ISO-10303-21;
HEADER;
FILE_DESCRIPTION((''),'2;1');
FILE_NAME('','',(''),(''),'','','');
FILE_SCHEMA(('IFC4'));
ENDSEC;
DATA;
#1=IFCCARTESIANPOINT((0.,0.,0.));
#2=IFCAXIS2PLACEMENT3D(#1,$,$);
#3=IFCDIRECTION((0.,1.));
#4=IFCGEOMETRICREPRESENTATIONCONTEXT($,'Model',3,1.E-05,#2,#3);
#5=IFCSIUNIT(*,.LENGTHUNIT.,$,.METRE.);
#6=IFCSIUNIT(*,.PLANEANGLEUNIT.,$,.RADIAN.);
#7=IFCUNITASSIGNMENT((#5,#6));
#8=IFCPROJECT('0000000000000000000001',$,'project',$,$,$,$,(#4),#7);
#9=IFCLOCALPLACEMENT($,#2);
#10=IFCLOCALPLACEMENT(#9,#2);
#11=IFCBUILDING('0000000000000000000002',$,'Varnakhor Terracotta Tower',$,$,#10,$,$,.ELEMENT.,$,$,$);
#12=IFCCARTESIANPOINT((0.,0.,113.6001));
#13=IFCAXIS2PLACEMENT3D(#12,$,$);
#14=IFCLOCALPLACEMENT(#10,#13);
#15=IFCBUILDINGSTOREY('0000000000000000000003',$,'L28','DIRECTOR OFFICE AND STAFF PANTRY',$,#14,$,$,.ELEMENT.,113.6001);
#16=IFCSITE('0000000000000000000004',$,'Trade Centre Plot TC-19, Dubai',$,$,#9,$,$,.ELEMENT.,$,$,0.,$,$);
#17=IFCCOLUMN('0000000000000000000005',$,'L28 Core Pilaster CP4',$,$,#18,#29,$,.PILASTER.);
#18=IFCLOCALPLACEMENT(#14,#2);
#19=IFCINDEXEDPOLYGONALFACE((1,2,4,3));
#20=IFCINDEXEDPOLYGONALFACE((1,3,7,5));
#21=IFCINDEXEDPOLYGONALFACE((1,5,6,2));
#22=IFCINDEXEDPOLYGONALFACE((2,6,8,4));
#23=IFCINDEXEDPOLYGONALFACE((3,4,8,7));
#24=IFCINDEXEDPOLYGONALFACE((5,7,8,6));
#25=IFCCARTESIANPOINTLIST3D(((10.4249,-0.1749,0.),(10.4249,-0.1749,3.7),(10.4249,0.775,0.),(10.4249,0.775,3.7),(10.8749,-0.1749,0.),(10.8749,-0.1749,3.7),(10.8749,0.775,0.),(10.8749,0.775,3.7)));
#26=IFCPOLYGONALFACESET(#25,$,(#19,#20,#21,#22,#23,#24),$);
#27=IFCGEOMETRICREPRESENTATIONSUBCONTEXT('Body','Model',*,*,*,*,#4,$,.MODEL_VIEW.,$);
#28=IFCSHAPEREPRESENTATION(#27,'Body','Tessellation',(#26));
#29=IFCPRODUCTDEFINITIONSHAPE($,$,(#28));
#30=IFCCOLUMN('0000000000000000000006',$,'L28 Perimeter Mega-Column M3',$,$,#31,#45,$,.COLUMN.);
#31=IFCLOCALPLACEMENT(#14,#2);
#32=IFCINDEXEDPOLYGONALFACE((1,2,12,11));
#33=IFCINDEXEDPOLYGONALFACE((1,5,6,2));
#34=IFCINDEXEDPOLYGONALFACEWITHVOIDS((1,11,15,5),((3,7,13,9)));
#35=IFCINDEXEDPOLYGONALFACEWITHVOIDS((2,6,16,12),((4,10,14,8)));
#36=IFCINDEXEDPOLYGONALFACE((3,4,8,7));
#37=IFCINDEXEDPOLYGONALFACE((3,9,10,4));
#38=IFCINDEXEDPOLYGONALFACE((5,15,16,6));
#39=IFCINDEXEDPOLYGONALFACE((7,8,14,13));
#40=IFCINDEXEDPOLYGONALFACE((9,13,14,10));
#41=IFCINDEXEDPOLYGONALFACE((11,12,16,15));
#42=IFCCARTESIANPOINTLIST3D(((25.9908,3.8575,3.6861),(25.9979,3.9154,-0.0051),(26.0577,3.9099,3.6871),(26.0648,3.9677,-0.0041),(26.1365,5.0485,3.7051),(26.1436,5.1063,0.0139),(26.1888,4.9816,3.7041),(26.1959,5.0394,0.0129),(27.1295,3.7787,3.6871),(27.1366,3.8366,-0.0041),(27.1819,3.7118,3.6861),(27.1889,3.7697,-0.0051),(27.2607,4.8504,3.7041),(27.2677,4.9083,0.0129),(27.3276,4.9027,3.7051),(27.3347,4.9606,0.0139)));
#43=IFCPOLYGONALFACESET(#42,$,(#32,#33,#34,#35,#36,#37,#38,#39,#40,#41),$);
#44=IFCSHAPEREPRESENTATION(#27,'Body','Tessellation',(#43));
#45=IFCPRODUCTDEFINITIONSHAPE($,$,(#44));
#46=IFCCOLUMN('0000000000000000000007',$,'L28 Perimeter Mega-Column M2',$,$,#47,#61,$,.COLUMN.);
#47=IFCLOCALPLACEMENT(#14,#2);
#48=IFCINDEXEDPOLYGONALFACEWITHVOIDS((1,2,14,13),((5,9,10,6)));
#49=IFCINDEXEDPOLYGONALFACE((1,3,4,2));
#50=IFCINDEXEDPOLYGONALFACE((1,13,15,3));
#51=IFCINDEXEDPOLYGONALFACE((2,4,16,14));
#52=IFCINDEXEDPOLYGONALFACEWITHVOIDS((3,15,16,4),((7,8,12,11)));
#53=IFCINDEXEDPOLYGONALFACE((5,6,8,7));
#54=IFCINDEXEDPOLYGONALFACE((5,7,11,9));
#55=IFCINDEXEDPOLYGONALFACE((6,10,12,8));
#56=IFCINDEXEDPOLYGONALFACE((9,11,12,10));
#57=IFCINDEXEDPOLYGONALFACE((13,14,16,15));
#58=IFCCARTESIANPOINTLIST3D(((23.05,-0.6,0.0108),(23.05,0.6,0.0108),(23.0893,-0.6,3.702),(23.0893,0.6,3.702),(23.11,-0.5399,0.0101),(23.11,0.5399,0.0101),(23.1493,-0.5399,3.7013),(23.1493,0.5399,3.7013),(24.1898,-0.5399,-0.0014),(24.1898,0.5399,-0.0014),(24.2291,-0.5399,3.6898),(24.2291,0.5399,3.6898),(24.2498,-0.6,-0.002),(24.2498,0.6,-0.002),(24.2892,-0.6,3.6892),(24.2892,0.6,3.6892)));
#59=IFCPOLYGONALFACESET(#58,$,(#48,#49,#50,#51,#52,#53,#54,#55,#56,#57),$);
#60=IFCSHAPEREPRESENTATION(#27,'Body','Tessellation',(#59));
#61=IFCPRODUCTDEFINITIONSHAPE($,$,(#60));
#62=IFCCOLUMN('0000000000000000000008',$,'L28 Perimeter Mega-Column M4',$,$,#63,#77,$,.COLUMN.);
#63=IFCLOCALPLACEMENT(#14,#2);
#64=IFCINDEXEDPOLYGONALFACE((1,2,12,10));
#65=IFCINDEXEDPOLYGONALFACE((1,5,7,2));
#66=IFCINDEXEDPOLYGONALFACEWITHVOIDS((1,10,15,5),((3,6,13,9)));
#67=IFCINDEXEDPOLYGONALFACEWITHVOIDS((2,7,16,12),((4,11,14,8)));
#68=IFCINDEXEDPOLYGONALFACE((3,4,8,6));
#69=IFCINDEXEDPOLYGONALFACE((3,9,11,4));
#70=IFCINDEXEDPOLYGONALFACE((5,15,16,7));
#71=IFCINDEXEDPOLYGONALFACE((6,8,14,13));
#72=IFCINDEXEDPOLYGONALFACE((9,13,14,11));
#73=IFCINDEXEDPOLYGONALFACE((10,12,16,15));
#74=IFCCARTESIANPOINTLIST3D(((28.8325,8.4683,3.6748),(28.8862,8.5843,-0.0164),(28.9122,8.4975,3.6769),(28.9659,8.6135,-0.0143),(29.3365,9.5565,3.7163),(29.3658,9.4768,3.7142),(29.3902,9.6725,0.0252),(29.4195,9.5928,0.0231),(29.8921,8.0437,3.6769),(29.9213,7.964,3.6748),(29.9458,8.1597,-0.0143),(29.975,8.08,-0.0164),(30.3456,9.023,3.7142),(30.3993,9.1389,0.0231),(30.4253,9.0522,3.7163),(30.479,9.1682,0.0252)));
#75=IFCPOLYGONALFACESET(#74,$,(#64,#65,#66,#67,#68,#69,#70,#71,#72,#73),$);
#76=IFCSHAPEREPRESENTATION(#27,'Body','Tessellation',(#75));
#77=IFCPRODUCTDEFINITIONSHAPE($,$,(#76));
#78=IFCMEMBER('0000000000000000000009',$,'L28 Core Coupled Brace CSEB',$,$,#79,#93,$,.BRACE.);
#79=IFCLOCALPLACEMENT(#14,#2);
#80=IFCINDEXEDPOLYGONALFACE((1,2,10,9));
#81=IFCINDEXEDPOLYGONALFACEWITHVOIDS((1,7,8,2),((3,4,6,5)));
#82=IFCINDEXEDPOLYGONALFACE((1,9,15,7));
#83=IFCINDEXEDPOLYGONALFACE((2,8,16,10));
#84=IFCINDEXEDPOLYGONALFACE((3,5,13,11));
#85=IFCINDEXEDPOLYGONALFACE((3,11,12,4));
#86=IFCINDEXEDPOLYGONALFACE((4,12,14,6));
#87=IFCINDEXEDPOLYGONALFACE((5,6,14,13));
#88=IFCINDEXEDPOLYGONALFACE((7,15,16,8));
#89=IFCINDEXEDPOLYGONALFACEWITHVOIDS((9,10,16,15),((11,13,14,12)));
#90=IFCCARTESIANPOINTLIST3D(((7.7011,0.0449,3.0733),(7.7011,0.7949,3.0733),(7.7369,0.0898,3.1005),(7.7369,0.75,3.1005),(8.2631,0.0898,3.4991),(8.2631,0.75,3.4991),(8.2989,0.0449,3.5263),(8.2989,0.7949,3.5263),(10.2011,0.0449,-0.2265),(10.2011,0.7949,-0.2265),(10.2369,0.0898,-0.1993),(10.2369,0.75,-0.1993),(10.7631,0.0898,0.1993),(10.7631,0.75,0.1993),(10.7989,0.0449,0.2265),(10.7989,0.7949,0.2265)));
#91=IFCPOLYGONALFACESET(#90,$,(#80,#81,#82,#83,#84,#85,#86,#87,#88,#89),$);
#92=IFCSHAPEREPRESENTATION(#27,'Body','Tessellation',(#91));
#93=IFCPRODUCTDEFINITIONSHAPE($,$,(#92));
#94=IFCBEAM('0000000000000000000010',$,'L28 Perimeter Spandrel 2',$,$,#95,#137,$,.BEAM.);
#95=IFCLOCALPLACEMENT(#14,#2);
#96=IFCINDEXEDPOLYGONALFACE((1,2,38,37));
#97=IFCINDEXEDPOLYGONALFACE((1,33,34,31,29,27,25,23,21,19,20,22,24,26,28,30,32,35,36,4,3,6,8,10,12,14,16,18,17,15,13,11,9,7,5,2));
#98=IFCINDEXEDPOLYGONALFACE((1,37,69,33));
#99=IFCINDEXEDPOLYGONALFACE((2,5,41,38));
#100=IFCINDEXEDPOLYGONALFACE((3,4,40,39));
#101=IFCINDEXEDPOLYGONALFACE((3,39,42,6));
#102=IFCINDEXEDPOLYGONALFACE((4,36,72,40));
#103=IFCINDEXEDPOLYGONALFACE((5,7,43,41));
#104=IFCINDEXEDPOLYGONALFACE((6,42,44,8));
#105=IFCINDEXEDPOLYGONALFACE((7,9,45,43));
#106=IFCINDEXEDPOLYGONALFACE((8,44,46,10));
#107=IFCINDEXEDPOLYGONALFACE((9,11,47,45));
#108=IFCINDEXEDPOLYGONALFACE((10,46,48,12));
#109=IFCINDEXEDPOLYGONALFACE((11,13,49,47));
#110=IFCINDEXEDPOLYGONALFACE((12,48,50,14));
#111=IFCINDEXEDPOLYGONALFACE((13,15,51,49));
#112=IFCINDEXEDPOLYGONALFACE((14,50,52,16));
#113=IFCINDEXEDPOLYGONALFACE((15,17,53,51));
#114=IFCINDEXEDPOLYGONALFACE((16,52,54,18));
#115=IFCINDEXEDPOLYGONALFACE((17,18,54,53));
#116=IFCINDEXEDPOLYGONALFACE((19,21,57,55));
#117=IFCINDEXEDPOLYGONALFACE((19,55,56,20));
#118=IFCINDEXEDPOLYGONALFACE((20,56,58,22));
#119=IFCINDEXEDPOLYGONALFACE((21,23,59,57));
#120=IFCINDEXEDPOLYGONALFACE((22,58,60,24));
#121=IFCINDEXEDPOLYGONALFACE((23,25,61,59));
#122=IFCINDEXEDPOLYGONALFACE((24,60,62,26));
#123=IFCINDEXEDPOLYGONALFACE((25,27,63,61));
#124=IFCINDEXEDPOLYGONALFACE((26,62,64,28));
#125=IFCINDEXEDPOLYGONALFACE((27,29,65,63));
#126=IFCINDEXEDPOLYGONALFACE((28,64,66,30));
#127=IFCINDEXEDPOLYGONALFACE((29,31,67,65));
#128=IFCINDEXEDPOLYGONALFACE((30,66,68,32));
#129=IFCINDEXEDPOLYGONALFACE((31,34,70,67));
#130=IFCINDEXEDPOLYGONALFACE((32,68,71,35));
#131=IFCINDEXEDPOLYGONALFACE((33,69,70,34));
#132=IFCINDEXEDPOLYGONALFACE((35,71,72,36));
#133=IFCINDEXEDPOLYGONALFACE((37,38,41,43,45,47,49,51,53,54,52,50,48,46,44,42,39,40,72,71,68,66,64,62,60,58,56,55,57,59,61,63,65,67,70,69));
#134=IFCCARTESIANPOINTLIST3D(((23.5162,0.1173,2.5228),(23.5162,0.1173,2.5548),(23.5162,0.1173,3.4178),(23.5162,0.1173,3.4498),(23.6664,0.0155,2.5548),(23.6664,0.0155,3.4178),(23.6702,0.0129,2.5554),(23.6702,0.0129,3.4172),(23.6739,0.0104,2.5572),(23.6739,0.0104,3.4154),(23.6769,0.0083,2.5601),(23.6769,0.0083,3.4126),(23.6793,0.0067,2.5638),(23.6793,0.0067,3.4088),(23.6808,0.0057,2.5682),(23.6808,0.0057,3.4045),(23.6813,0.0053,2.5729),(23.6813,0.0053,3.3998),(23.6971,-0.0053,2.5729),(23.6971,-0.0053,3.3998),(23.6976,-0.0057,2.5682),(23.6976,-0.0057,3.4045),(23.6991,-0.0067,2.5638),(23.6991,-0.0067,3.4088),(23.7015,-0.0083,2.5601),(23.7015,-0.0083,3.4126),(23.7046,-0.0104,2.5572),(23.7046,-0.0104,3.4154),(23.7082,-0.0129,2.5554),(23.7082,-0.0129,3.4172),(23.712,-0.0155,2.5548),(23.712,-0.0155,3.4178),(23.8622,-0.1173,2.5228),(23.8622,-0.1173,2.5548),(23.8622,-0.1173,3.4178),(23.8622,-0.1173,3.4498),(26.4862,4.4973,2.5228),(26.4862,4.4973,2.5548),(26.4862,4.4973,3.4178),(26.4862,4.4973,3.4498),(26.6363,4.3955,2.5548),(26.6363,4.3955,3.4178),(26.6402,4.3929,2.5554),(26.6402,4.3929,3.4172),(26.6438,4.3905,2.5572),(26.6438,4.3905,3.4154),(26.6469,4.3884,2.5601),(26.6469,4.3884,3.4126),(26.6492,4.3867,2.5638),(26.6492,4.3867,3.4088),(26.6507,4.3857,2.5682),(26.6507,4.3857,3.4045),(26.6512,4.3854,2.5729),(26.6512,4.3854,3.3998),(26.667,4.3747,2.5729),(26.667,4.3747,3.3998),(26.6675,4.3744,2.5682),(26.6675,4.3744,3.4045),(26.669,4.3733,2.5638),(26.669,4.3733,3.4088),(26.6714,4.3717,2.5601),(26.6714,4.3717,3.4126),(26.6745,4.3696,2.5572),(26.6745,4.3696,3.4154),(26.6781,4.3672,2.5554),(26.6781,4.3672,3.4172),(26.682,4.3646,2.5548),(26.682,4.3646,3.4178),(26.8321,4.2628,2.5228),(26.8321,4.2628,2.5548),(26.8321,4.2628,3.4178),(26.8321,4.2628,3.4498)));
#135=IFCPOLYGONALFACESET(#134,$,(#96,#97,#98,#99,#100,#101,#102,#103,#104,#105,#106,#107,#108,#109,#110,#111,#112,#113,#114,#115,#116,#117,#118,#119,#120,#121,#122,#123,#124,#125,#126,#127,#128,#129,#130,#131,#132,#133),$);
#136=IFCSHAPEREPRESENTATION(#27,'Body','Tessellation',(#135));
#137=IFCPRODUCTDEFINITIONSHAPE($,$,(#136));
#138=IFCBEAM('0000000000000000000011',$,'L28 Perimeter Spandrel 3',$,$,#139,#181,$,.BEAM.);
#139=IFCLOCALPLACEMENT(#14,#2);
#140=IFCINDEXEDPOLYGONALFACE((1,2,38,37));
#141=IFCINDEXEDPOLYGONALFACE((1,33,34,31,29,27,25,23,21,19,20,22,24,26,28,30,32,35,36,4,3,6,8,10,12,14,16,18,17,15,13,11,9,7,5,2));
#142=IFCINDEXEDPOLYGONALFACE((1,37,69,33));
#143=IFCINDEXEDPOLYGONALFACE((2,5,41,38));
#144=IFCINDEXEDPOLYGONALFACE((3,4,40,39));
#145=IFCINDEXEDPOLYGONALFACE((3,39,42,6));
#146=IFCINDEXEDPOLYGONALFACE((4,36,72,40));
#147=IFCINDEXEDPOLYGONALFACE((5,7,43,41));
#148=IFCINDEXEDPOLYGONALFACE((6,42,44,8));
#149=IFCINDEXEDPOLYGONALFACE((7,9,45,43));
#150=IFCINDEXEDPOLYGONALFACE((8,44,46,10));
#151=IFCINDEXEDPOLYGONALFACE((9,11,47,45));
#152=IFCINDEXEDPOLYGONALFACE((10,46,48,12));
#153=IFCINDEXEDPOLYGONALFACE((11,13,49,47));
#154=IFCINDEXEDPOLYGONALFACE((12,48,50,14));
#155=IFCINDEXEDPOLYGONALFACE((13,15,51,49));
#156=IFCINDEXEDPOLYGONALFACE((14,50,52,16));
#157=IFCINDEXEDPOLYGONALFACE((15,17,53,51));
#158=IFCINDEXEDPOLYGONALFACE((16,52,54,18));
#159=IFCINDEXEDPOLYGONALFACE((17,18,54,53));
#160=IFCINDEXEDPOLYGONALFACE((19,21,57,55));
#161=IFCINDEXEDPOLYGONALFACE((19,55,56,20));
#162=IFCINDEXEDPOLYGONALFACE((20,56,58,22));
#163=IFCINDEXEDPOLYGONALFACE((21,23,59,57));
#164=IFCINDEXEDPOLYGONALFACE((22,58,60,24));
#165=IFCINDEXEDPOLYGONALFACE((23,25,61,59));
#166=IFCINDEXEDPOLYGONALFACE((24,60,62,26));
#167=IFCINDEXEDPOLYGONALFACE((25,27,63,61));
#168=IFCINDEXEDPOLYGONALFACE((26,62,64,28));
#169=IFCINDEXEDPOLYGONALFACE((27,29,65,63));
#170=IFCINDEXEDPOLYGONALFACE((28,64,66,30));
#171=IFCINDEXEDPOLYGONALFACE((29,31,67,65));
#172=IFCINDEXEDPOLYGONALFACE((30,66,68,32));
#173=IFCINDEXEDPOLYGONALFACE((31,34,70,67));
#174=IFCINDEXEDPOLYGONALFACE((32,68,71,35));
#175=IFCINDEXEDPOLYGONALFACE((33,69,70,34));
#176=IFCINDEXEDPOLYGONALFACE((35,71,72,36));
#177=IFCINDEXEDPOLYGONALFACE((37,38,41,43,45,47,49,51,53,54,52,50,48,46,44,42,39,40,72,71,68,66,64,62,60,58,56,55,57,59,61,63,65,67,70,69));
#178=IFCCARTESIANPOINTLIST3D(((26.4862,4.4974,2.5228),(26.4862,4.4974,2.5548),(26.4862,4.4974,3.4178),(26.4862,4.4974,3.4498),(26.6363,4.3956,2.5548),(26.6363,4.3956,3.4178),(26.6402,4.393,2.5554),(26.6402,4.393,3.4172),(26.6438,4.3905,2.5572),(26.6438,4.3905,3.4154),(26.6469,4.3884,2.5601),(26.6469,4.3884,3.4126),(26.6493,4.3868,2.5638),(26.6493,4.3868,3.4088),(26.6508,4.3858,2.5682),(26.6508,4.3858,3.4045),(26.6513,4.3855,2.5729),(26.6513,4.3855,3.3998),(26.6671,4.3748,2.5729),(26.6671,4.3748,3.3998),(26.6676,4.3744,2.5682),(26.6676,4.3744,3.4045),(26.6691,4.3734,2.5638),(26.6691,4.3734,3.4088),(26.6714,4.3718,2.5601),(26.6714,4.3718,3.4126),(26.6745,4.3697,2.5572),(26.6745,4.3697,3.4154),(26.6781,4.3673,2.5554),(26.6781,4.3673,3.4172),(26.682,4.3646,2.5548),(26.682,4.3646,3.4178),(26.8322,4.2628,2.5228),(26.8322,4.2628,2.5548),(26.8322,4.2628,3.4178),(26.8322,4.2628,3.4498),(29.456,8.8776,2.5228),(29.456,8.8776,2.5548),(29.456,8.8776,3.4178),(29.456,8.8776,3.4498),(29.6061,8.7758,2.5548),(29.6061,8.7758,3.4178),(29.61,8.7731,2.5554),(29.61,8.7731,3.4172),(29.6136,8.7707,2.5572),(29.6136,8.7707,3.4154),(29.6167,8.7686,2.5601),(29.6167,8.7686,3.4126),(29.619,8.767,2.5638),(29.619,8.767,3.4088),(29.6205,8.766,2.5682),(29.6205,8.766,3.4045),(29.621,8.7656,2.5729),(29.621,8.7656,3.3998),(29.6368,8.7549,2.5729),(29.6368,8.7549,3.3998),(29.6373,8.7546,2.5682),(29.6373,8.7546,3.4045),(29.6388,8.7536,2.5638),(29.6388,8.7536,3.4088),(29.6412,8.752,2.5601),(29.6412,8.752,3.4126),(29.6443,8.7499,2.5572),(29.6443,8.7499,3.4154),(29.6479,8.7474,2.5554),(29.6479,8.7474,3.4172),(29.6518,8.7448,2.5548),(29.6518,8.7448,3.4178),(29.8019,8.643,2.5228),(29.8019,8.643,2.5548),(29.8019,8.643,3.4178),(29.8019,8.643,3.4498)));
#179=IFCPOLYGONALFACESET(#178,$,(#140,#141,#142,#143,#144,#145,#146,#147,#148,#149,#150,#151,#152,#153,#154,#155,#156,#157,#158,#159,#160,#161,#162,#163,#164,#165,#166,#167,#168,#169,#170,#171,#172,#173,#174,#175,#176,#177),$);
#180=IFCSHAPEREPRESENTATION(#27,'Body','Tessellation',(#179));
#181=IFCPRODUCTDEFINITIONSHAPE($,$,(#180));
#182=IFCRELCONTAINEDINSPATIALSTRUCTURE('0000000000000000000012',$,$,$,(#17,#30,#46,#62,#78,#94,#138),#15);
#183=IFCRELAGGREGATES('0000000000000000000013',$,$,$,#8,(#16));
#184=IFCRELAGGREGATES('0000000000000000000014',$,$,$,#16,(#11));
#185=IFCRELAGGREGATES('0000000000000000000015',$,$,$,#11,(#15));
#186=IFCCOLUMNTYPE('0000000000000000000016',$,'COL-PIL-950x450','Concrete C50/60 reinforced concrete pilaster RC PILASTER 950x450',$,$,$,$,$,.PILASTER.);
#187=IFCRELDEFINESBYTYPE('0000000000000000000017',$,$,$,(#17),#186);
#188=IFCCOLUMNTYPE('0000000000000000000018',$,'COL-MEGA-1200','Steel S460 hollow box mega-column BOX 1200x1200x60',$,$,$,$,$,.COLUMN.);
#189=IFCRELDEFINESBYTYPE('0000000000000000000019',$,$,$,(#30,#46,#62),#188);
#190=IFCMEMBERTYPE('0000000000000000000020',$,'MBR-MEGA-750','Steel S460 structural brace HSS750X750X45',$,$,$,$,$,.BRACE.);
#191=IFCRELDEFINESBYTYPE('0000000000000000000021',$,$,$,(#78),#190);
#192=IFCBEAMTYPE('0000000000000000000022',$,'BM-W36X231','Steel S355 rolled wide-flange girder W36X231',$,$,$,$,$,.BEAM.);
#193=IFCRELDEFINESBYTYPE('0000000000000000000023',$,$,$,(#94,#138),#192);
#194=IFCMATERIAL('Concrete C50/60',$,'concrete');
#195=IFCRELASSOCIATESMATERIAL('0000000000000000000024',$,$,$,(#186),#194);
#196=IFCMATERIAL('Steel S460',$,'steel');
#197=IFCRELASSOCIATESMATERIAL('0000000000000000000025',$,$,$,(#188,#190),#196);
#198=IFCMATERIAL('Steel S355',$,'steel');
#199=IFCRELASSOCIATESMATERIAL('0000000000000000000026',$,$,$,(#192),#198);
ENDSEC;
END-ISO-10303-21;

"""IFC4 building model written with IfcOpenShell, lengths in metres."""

from ifc_helpers import new_model, si_unit, direction, frame, origin, origin_2d, place, context, subcontext, project, spatial, rectangle, hollow_rectangle, i_section, extrude, source, transform, mapped, material, material_profile, profile_set, type_object, type_shapes, element, save


model = new_model("IFC4")

# Units and contexts
model_context = context("Model", 3, precision=1e-05, world=origin(), true_north=direction((0.0, 1.0)))
body_context = subcontext(model_context, "Body", "Model", "MODEL_VIEW")
ifc_project = project(units=[si_unit("LENGTHUNIT", "METRE"), si_unit("PLANEANGLEUNIT", "RADIAN")], contexts=[model_context])

# Site, building, storey
site_placement = place(None, origin())
site = spatial("IfcSite", under=ifc_project, at=site_placement, Name="Trade Centre Plot TC-19, Dubai", CompositionType="ELEMENT", RefElevation=0.0)
building_placement = place(site_placement, origin())
building = spatial("IfcBuilding", under=site, at=building_placement, Name="Varnakhor Terracotta Tower", CompositionType="ELEMENT")
storey_placement = place(building_placement, frame((0.0, 0.0, 113.6001)))
storey = spatial("IfcBuildingStorey", under=building, at=storey_placement, Name="L28", Description="DIRECTOR OFFICE AND STAFF PANTRY", CompositionType="ELEMENT", Elevation=113.6001)

# Columns
ifc_material_1 = material(Name="Concrete C50/60", Category="concrete")
ifc_material_profile_1 = material_profile(ifc_material_1, rectangle(XDim=0.45, YDim=0.95, at=origin_2d()), Name="RC PILASTER 950x450")
ifc_profile_set_1 = profile_set([ifc_material_profile_1], Name="Concrete C50/60")
column_type_1 = type_object("IfcColumnType", Name="COL-PIL-950x450", Description="Concrete C50/60 reinforced concrete pilaster RC PILASTER 950x450", PredefinedType="PILASTER", material=ifc_profile_set_1)
shared_shape_1 = source(origin(), body_context, "Body", "SweptSolid", [
    extrude(rectangle(XDim=0.45, YDim=0.95, at=origin_2d()), origin(), (0.0, 0.0, 1.0), 3.7),
])
column_1_placement = place(storey_placement, frame((10.6499, 0.3, 0.0), z_axis=(0.0, 0.0, 1.0), x_axis=(1.0, 0.0, 0.0)))
element("IfcColumn", 1, at=column_1_placement, inside=storey, type_object=column_type_1, Name="L28 Core Pilaster CP4", PredefinedType="PILASTER", context=body_context, shape_type="MappedRepresentation", body=[
    mapped(shared_shape_1, transform((0.0, 0.0, 0.0), scale=1.0)),
])
ifc_material_2 = material(Name="Steel S460", Category="steel")
ifc_material_profile_2 = material_profile(ifc_material_2, hollow_rectangle(XDim=1.2, YDim=1.2, WallThickness=0.0601, at=origin_2d()), Name="BOX 1200x1200x60")
ifc_profile_set_2 = profile_set([ifc_material_profile_2], Name="Steel S460")
column_type_2 = type_object("IfcColumnType", Name="COL-MEGA-1200", Description="Steel S460 hollow box mega-column BOX 1200x1200x60", PredefinedType="COLUMN", material=ifc_profile_set_2)
shared_shape_2 = source(origin(), body_context, "Body", "SweptSolid", [
    extrude(hollow_rectangle(XDim=1.2, YDim=1.2, WallThickness=0.0601, at=origin_2d()), origin(), (0.0, 0.0, 1.0), 3.6917),
])
type_shapes(column_type_2, [shared_shape_2])
column_2_placement = place(storey_placement, frame((26.6663, 4.438, 0.0044), z_axis=(-0.001918, -0.015674, 0.999875), x_axis=(0.992597, -0.121457, 0.0)))
element("IfcColumn", 2, at=column_2_placement, inside=storey, type_object=column_type_2, Name="L28 Perimeter Mega-Column M3", PredefinedType="COLUMN", context=body_context, shape_type="MappedRepresentation", body=[
    mapped(shared_shape_2, transform((0.0, 0.0, 0.0), scale=1.0)),
])
shared_shape_3 = source(origin(), body_context, "Body", "SweptSolid", [
    extrude(hollow_rectangle(XDim=1.2, YDim=1.2, WallThickness=0.0601, at=origin_2d()), origin(), (0.0, 0.0, 1.0), 3.6914),
])
column_3_placement = place(storey_placement, frame((23.6499, 0.0, 0.0044), z_axis=(0.010648, 0.0, 0.999943), x_axis=(0.0, 1.0, 0.0)))
element("IfcColumn", 3, at=column_3_placement, inside=storey, type_object=column_type_2, Name="L28 Perimeter Mega-Column M2", PredefinedType="COLUMN", context=body_context, shape_type="MappedRepresentation", body=[
    mapped(shared_shape_3, transform((0.0, 0.0, 0.0), scale=1.0)),
])
shared_shape_4 = source(origin(), body_context, "Body", "SweptSolid", [
    extrude(hollow_rectangle(XDim=1.2, YDim=1.2, WallThickness=0.0601, at=origin_2d()), origin(), (0.0, 0.0, 1.0), 3.6934),
])
column_4_placement = place(storey_placement, frame((29.6826, 8.8762, 0.0044), z_axis=(-0.014543, -0.031399, 0.999401), x_axis=(0.907399, -0.420269, 0.0)))
element("IfcColumn", 4, at=column_4_placement, inside=storey, type_object=column_type_2, Name="L28 Perimeter Mega-Column M4", PredefinedType="COLUMN", context=body_context, shape_type="MappedRepresentation", body=[
    mapped(shared_shape_4, transform((0.0, 0.0, 0.0), scale=1.0)),
])

# Member
ifc_material_profile_3 = material_profile(ifc_material_2, hollow_rectangle(XDim=0.75, YDim=0.75, WallThickness=0.0449, at=origin_2d()), Name="HSS750X750X45")
ifc_profile_set_3 = profile_set([ifc_material_profile_3], Name="Steel S460")
member_type_1 = type_object("IfcMemberType", Name="MBR-MEGA-750", Description="Steel S460 structural brace HSS750X750X45", PredefinedType="BRACE", material=ifc_profile_set_3)
shared_shape_5 = source(origin(), body_context, "Body", "SweptSolid", [
    extrude(hollow_rectangle(XDim=0.75, YDim=0.75, WallThickness=0.0449, at=origin_2d()), origin(), (0.0, 0.0, 1.0), 4.1399),
])
member_1_placement = place(storey_placement, frame((10.5, 0.4199, 0.0), z_axis=(-0.60388, 0.0, 0.797075), x_axis=(0.0, -1.0, 0.0)))
element("IfcMember", 5, at=member_1_placement, inside=storey, type_object=member_type_1, Name="L28 Core Coupled Brace CSEB", PredefinedType="BRACE", context=body_context, shape_type="MappedRepresentation", body=[
    mapped(shared_shape_5, transform((0.0, 0.0, 0.0), scale=1.0)),
])

# Beams
ifc_material_3 = material(Name="Steel S355", Category="steel")
ifc_material_profile_4 = material_profile(ifc_material_3, i_section(OverallWidth=0.418, OverallDepth=0.927, WebThickness=0.019, FlangeThickness=0.032, FilletRadius=0.0181, at=origin_2d()), Name="W36X231")
ifc_profile_set_4 = profile_set([ifc_material_profile_4], Name="Steel S355")
beam_type_1 = type_object("IfcBeamType", Name="BM-W36X231", Description="Steel S355 rolled wide-flange girder W36X231", PredefinedType="BEAM", material=ifc_profile_set_4)
shared_shape_6 = source(origin(), body_context, "Body", "SweptSolid", [
    extrude(i_section(OverallWidth=0.418, OverallDepth=0.927, WebThickness=0.019, FlangeThickness=0.032, FilletRadius=0.0181, at=origin_2d()), origin(), (0.0, 0.0, 1.0), 5.292),
])
for number, where, z_axis, x_axis, name in (
    (6, (23.6892, 0.0, 2.9863), (0.561209, 0.827674, 0.0), (-0.827674, 0.561209, 0.0), "L28 Perimeter Spandrel 2"),
    (7, (26.6592, 4.3801, 2.9863), (0.561178, 0.827695, 0.0), (-0.827695, 0.561178, 0.0), "L28 Perimeter Spandrel 3"),
):
    element("IfcBeam", number, at=place(storey_placement, frame(where, z_axis=z_axis, x_axis=x_axis)), inside=storey, type_object=beam_type_1, Name=name, PredefinedType="BEAM", context=body_context, shape_type="MappedRepresentation", body=[
        mapped(shared_shape_6, transform((0.0, 0.0, 0.0), scale=1.0)),
    ])

save(model, "model.ifc")
